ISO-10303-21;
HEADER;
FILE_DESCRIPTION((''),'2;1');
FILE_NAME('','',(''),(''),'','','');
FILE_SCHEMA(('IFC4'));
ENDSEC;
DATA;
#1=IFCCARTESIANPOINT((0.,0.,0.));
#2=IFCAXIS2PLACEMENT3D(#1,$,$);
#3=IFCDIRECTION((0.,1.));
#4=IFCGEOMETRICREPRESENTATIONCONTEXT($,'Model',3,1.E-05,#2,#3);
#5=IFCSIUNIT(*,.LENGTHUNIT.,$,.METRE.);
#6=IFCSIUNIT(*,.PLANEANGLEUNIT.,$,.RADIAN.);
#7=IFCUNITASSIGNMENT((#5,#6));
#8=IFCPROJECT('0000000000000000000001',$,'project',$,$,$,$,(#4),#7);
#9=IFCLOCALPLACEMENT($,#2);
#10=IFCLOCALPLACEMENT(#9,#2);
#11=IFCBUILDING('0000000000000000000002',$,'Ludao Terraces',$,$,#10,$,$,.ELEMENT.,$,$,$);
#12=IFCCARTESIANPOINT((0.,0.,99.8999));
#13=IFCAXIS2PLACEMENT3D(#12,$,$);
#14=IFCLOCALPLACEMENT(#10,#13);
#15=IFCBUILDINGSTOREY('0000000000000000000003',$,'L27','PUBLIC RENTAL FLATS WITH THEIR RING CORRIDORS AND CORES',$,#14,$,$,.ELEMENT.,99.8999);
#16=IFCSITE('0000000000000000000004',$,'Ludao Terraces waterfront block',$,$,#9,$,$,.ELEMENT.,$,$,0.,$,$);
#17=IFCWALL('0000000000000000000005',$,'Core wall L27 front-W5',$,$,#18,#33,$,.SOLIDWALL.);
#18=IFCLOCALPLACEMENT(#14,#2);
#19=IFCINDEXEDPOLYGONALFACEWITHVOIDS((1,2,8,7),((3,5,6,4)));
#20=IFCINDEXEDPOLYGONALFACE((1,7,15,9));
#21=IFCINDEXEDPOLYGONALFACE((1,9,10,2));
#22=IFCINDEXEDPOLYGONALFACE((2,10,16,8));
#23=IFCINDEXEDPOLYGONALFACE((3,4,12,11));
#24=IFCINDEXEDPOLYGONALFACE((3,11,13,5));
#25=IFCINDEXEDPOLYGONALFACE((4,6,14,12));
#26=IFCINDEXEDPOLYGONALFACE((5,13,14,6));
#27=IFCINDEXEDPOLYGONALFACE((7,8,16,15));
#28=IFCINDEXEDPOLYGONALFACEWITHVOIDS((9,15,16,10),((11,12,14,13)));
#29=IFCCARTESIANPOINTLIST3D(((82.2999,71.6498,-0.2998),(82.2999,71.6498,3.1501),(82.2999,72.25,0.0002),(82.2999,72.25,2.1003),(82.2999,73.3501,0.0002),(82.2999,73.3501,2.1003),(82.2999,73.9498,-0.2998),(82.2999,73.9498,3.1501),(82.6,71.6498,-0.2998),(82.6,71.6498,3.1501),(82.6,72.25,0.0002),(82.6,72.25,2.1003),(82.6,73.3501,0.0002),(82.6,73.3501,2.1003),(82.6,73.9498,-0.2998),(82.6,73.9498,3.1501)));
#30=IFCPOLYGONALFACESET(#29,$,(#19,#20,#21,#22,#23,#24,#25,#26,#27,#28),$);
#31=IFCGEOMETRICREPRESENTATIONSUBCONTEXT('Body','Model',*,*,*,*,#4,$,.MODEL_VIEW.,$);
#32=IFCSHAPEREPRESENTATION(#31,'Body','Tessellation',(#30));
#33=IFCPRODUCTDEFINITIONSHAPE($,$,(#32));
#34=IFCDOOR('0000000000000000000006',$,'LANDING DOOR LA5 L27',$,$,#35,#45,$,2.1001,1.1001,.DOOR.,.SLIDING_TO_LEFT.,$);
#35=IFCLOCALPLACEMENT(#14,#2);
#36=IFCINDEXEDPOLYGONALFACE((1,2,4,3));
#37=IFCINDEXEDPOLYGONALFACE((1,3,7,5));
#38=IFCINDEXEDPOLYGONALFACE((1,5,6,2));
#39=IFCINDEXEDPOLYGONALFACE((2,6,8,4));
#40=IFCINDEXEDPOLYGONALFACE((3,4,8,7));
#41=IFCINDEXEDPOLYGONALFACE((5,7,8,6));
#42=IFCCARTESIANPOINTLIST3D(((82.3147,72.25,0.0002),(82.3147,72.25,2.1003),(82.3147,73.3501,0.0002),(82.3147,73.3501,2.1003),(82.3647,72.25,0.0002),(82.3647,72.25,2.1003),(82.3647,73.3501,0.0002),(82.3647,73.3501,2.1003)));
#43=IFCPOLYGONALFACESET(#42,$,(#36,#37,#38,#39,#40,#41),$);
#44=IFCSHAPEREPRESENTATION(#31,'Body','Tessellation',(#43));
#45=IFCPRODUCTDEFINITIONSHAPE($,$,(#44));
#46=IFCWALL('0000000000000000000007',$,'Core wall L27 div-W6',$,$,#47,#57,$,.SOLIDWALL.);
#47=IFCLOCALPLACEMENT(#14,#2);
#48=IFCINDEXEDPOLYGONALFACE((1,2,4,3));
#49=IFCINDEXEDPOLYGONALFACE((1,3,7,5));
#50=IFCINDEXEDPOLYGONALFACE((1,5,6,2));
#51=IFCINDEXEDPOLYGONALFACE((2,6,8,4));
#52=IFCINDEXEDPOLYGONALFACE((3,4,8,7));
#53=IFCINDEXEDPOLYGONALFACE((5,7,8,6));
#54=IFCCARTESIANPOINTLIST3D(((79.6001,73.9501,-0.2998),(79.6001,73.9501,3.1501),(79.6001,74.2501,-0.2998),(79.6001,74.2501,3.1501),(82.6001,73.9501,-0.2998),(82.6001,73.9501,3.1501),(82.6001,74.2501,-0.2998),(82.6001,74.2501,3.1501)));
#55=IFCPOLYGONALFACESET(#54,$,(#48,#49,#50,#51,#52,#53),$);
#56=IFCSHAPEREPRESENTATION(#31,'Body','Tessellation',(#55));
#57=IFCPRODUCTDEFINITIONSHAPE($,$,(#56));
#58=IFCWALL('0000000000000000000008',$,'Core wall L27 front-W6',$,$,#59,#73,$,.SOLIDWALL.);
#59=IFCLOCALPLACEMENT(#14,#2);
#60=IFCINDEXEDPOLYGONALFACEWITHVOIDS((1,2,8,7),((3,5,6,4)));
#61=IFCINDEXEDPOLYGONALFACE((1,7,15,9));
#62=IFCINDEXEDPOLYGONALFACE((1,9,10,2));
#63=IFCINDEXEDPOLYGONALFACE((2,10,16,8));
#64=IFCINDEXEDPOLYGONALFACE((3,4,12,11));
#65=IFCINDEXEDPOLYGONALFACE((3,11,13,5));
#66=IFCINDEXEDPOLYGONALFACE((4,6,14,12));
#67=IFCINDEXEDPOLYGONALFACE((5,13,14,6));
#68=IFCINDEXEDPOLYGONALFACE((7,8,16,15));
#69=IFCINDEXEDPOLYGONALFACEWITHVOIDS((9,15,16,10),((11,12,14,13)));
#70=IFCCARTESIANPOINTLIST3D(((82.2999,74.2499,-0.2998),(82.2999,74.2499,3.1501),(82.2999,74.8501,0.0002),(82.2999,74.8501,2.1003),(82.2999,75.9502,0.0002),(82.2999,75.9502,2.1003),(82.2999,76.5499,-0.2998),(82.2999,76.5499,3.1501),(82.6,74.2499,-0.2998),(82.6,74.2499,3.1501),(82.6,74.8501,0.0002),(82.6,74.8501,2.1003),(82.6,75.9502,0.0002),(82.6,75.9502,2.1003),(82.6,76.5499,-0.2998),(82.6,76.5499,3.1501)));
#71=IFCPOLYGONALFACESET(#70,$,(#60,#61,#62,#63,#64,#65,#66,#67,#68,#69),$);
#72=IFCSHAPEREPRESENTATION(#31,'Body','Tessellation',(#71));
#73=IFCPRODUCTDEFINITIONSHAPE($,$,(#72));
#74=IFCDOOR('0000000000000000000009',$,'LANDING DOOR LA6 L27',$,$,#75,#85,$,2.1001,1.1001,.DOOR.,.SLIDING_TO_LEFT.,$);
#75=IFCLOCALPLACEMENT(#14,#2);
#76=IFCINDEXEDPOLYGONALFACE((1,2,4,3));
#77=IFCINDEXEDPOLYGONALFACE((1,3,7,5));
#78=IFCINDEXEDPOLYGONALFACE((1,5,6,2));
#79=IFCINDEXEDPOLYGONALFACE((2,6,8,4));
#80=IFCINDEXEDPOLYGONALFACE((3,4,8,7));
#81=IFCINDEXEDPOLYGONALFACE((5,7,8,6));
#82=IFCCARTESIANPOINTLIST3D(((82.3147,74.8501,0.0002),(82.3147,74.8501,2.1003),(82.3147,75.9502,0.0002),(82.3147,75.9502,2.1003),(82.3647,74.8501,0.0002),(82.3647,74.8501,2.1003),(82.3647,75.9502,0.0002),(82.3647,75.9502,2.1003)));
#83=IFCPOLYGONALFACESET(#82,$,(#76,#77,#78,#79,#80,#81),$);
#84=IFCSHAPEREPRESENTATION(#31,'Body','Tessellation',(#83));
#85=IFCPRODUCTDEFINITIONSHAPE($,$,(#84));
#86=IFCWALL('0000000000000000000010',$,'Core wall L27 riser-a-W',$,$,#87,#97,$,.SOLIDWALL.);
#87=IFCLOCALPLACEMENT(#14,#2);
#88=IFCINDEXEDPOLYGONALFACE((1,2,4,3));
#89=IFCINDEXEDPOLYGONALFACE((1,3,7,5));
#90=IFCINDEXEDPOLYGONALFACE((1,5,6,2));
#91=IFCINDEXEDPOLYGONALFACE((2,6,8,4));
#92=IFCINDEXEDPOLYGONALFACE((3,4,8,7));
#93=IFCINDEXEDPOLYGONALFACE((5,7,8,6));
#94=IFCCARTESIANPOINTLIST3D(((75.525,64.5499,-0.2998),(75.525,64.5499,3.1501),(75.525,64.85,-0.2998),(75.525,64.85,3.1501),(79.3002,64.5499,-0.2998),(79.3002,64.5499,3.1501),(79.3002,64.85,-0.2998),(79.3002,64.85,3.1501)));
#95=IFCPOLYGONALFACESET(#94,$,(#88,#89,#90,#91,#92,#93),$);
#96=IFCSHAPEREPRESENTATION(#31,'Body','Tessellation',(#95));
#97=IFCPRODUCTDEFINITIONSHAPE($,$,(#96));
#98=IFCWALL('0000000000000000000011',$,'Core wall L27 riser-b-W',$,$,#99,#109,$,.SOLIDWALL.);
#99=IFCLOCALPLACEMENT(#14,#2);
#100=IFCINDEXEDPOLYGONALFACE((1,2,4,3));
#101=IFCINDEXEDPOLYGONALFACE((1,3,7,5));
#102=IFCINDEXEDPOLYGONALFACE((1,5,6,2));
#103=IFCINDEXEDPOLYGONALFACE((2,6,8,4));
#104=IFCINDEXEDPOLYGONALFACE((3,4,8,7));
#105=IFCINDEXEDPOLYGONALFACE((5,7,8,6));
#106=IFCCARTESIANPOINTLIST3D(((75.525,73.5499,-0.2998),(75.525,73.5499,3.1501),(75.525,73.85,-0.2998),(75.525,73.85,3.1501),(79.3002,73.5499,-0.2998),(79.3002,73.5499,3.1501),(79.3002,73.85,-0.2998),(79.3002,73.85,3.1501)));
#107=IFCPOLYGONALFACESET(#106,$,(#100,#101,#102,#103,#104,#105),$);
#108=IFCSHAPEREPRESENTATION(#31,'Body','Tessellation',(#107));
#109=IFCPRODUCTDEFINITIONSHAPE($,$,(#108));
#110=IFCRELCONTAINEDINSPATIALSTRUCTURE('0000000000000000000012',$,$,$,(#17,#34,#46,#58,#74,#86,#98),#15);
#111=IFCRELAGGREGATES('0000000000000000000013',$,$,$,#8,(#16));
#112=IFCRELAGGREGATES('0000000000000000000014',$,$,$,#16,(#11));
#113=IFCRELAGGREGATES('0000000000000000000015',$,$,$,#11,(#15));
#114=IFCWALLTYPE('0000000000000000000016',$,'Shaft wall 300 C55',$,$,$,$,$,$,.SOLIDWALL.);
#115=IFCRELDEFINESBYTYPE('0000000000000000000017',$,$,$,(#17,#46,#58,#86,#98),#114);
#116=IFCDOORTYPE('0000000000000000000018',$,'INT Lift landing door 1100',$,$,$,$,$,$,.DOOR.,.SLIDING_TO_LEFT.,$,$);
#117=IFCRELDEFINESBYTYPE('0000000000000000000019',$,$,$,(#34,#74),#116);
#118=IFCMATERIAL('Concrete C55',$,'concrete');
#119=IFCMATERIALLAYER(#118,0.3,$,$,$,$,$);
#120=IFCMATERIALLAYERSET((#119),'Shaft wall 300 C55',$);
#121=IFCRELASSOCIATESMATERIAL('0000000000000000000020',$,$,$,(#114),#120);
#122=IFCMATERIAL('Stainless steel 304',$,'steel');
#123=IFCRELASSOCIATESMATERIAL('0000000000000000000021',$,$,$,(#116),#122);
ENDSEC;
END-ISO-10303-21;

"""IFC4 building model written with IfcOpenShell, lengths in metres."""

from ifc_helpers import new_model, si_unit, direction, frame, frame_2d, origin, place, context, subcontext, project, spatial, rectangle, extrude, material, layer, layer_set, type_object, element, fill, save


model = new_model("IFC4")

# Units and contexts
model_context = context("Model", 3, precision=1e-05, world=origin(), true_north=direction((0.0, 1.0)))
body_context = subcontext(model_context, "Body", "Model", "MODEL_VIEW")
ifc_project = project(units=[si_unit("LENGTHUNIT", "METRE"), si_unit("PLANEANGLEUNIT", "RADIAN")], contexts=[model_context])

# Site, building, storey
site_placement = place(None, origin())
site = spatial("IfcSite", under=ifc_project, at=site_placement, Name="Ludao Terraces waterfront block", CompositionType="ELEMENT", RefElevation=0.0)
building_placement = place(site_placement, origin())
building = spatial("IfcBuilding", under=site, at=building_placement, Name="Ludao Terraces", CompositionType="ELEMENT")
storey_placement = place(building_placement, frame((0.0, 0.0, 99.8999)))
storey = spatial("IfcBuildingStorey", under=building, at=storey_placement, Name="L27", Description="PUBLIC RENTAL FLATS WITH THEIR RING CORRIDORS AND CORES", CompositionType="ELEMENT", Elevation=99.8999)

# Shared definitions
ifc_material_1 = material(Name="Concrete C55", Category="concrete")
ifc_layer_1 = layer(ifc_material_1, 0.3)
ifc_layer_set_1 = layer_set([ifc_layer_1], Name="Shaft wall 300 C55")
wall_type_1 = type_object("IfcWallType", Name="Shaft wall 300 C55", PredefinedType="SOLIDWALL", material=ifc_layer_set_1)
ifc_material_2 = material(Name="Stainless steel 304", Category="steel")
door_type_1 = type_object("IfcDoorType", Name="INT Lift landing door 1100", OperationType="SLIDING_TO_LEFT", PredefinedType="DOOR", material=ifc_material_2)

# Wall, opening, door
wall_1_placement = place(storey_placement, frame((82.45, 71.6499, -0.2998), z_axis=(0.0, 0.0, 1.0), x_axis=(0.0, 1.0, 0.0)))
wall_1 = element("IfcWall", 1, at=wall_1_placement, inside=storey, type_object=wall_type_1, Name="Core wall L27 front-W5", PredefinedType="SOLIDWALL", context=body_context, shape_type="SweptSolid", body=[
    extrude(rectangle(XDim=2.3, YDim=0.3, at=frame_2d((1.1499, 0.0))), origin(), (0.0, 0.0, 1.0), 3.45),
])
opening_1_placement = place(wall_1_placement, frame((0.6001, 0.0, 0.3)))
opening_1 = element("IfcOpeningElement", 2, at=opening_1_placement, cuts=wall_1, PredefinedType="OPENING", context=body_context, shape_type="SweptSolid", body=[
    extrude(rectangle(XDim=1.1001, YDim=2.1001, at=frame_2d((0.55, 1.05))), frame((0.0, 0.1602, 0.0), z_axis=(0.0, -1.0, 0.0), x_axis=(1.0, 0.0, 0.0)), (0.0, 0.0, 1.0), 0.3201),
])
door_1_placement = place(opening_1_placement, origin())
door_1 = element("IfcDoor", 3, at=door_1_placement, inside=storey, type_object=door_type_1, Name="LANDING DOOR LA5 L27", OperationType="SLIDING_TO_LEFT", OverallHeight=2.1001, OverallWidth=1.1001, PredefinedType="DOOR", context=body_context, shape_type="SweptSolid", body=[
    extrude(rectangle(XDim=1.1001, YDim=2.1001, at=frame_2d((0.55, 1.05))), frame((0.0, 0.1353, 0.0), z_axis=(0.0, -1.0, 0.0), x_axis=(1.0, 0.0, 0.0)), (0.0, 0.0, 1.0), 0.05),
])
fill(opening_1, door_1)

# Wall
wall_2_placement = place(storey_placement, frame((79.6001, 74.1001, -0.2998), z_axis=(0.0, 0.0, 1.0), x_axis=(1.0, 0.0, 0.0)))
element("IfcWall", 4, at=wall_2_placement, inside=storey, type_object=wall_type_1, Name="Core wall L27 div-W6", PredefinedType="SOLIDWALL", context=body_context, shape_type="SweptSolid", body=[
    extrude(rectangle(XDim=3.0, YDim=0.3, at=frame_2d((1.5, 0.0))), origin(), (0.0, 0.0, 1.0), 3.45),
])

# Wall, opening, door
wall_3_placement = place(storey_placement, frame((82.45, 74.25, -0.2998), z_axis=(0.0, 0.0, 1.0), x_axis=(0.0, 1.0, 0.0)))
wall_3 = element("IfcWall", 5, at=wall_3_placement, inside=storey, type_object=wall_type_1, Name="Core wall L27 front-W6", PredefinedType="SOLIDWALL", context=body_context, shape_type="SweptSolid", body=[
    extrude(rectangle(XDim=2.3, YDim=0.3, at=frame_2d((1.1499, 0.0))), origin(), (0.0, 0.0, 1.0), 3.45),
])
opening_2_placement = place(wall_3_placement, frame((0.6001, 0.0, 0.3)))
opening_2 = element("IfcOpeningElement", 6, at=opening_2_placement, cuts=wall_3, PredefinedType="OPENING", context=body_context, shape_type="SweptSolid", body=[
    extrude(rectangle(XDim=1.1001, YDim=2.1001, at=frame_2d((0.55, 1.05))), frame((0.0, 0.1602, 0.0), z_axis=(0.0, -1.0, 0.0), x_axis=(1.0, 0.0, 0.0)), (0.0, 0.0, 1.0), 0.3201),
])
door_2_placement = place(opening_2_placement, origin())
door_2 = element("IfcDoor", 7, at=door_2_placement, inside=storey, type_object=door_type_1, Name="LANDING DOOR LA6 L27", OperationType="SLIDING_TO_LEFT", OverallHeight=2.1001, OverallWidth=1.1001, PredefinedType="DOOR", context=body_context, shape_type="SweptSolid", body=[
    extrude(rectangle(XDim=1.1001, YDim=2.1001, at=frame_2d((0.55, 1.05))), frame((0.0, 0.1353, 0.0), z_axis=(0.0, -1.0, 0.0), x_axis=(1.0, 0.0, 0.0)), (0.0, 0.0, 1.0), 0.05),
])
fill(opening_2, door_2)

# Walls
for number, where, z_axis, x_axis, name in (
    (8, (75.5249, 64.7, -0.2998), (0.0, 0.0, 1.0), (1.0, 0.0, 0.0), "Core wall L27 riser-a-W"),
    (9, (75.5249, 73.7, -0.2998), (0.0, 0.0, 1.0), (1.0, 0.0, 0.0), "Core wall L27 riser-b-W"),
):
    element("IfcWall", number, at=place(storey_placement, frame(where, z_axis=z_axis, x_axis=x_axis)), inside=storey, type_object=wall_type_1, Name=name, PredefinedType="SOLIDWALL", context=body_context, shape_type="SweptSolid", body=[
        extrude(rectangle(XDim=3.7751, YDim=0.3, at=frame_2d((1.8877, 0.0))), origin(), (0.0, 0.0, 1.0), 3.45),
    ])

save(model, "model.ifc")
